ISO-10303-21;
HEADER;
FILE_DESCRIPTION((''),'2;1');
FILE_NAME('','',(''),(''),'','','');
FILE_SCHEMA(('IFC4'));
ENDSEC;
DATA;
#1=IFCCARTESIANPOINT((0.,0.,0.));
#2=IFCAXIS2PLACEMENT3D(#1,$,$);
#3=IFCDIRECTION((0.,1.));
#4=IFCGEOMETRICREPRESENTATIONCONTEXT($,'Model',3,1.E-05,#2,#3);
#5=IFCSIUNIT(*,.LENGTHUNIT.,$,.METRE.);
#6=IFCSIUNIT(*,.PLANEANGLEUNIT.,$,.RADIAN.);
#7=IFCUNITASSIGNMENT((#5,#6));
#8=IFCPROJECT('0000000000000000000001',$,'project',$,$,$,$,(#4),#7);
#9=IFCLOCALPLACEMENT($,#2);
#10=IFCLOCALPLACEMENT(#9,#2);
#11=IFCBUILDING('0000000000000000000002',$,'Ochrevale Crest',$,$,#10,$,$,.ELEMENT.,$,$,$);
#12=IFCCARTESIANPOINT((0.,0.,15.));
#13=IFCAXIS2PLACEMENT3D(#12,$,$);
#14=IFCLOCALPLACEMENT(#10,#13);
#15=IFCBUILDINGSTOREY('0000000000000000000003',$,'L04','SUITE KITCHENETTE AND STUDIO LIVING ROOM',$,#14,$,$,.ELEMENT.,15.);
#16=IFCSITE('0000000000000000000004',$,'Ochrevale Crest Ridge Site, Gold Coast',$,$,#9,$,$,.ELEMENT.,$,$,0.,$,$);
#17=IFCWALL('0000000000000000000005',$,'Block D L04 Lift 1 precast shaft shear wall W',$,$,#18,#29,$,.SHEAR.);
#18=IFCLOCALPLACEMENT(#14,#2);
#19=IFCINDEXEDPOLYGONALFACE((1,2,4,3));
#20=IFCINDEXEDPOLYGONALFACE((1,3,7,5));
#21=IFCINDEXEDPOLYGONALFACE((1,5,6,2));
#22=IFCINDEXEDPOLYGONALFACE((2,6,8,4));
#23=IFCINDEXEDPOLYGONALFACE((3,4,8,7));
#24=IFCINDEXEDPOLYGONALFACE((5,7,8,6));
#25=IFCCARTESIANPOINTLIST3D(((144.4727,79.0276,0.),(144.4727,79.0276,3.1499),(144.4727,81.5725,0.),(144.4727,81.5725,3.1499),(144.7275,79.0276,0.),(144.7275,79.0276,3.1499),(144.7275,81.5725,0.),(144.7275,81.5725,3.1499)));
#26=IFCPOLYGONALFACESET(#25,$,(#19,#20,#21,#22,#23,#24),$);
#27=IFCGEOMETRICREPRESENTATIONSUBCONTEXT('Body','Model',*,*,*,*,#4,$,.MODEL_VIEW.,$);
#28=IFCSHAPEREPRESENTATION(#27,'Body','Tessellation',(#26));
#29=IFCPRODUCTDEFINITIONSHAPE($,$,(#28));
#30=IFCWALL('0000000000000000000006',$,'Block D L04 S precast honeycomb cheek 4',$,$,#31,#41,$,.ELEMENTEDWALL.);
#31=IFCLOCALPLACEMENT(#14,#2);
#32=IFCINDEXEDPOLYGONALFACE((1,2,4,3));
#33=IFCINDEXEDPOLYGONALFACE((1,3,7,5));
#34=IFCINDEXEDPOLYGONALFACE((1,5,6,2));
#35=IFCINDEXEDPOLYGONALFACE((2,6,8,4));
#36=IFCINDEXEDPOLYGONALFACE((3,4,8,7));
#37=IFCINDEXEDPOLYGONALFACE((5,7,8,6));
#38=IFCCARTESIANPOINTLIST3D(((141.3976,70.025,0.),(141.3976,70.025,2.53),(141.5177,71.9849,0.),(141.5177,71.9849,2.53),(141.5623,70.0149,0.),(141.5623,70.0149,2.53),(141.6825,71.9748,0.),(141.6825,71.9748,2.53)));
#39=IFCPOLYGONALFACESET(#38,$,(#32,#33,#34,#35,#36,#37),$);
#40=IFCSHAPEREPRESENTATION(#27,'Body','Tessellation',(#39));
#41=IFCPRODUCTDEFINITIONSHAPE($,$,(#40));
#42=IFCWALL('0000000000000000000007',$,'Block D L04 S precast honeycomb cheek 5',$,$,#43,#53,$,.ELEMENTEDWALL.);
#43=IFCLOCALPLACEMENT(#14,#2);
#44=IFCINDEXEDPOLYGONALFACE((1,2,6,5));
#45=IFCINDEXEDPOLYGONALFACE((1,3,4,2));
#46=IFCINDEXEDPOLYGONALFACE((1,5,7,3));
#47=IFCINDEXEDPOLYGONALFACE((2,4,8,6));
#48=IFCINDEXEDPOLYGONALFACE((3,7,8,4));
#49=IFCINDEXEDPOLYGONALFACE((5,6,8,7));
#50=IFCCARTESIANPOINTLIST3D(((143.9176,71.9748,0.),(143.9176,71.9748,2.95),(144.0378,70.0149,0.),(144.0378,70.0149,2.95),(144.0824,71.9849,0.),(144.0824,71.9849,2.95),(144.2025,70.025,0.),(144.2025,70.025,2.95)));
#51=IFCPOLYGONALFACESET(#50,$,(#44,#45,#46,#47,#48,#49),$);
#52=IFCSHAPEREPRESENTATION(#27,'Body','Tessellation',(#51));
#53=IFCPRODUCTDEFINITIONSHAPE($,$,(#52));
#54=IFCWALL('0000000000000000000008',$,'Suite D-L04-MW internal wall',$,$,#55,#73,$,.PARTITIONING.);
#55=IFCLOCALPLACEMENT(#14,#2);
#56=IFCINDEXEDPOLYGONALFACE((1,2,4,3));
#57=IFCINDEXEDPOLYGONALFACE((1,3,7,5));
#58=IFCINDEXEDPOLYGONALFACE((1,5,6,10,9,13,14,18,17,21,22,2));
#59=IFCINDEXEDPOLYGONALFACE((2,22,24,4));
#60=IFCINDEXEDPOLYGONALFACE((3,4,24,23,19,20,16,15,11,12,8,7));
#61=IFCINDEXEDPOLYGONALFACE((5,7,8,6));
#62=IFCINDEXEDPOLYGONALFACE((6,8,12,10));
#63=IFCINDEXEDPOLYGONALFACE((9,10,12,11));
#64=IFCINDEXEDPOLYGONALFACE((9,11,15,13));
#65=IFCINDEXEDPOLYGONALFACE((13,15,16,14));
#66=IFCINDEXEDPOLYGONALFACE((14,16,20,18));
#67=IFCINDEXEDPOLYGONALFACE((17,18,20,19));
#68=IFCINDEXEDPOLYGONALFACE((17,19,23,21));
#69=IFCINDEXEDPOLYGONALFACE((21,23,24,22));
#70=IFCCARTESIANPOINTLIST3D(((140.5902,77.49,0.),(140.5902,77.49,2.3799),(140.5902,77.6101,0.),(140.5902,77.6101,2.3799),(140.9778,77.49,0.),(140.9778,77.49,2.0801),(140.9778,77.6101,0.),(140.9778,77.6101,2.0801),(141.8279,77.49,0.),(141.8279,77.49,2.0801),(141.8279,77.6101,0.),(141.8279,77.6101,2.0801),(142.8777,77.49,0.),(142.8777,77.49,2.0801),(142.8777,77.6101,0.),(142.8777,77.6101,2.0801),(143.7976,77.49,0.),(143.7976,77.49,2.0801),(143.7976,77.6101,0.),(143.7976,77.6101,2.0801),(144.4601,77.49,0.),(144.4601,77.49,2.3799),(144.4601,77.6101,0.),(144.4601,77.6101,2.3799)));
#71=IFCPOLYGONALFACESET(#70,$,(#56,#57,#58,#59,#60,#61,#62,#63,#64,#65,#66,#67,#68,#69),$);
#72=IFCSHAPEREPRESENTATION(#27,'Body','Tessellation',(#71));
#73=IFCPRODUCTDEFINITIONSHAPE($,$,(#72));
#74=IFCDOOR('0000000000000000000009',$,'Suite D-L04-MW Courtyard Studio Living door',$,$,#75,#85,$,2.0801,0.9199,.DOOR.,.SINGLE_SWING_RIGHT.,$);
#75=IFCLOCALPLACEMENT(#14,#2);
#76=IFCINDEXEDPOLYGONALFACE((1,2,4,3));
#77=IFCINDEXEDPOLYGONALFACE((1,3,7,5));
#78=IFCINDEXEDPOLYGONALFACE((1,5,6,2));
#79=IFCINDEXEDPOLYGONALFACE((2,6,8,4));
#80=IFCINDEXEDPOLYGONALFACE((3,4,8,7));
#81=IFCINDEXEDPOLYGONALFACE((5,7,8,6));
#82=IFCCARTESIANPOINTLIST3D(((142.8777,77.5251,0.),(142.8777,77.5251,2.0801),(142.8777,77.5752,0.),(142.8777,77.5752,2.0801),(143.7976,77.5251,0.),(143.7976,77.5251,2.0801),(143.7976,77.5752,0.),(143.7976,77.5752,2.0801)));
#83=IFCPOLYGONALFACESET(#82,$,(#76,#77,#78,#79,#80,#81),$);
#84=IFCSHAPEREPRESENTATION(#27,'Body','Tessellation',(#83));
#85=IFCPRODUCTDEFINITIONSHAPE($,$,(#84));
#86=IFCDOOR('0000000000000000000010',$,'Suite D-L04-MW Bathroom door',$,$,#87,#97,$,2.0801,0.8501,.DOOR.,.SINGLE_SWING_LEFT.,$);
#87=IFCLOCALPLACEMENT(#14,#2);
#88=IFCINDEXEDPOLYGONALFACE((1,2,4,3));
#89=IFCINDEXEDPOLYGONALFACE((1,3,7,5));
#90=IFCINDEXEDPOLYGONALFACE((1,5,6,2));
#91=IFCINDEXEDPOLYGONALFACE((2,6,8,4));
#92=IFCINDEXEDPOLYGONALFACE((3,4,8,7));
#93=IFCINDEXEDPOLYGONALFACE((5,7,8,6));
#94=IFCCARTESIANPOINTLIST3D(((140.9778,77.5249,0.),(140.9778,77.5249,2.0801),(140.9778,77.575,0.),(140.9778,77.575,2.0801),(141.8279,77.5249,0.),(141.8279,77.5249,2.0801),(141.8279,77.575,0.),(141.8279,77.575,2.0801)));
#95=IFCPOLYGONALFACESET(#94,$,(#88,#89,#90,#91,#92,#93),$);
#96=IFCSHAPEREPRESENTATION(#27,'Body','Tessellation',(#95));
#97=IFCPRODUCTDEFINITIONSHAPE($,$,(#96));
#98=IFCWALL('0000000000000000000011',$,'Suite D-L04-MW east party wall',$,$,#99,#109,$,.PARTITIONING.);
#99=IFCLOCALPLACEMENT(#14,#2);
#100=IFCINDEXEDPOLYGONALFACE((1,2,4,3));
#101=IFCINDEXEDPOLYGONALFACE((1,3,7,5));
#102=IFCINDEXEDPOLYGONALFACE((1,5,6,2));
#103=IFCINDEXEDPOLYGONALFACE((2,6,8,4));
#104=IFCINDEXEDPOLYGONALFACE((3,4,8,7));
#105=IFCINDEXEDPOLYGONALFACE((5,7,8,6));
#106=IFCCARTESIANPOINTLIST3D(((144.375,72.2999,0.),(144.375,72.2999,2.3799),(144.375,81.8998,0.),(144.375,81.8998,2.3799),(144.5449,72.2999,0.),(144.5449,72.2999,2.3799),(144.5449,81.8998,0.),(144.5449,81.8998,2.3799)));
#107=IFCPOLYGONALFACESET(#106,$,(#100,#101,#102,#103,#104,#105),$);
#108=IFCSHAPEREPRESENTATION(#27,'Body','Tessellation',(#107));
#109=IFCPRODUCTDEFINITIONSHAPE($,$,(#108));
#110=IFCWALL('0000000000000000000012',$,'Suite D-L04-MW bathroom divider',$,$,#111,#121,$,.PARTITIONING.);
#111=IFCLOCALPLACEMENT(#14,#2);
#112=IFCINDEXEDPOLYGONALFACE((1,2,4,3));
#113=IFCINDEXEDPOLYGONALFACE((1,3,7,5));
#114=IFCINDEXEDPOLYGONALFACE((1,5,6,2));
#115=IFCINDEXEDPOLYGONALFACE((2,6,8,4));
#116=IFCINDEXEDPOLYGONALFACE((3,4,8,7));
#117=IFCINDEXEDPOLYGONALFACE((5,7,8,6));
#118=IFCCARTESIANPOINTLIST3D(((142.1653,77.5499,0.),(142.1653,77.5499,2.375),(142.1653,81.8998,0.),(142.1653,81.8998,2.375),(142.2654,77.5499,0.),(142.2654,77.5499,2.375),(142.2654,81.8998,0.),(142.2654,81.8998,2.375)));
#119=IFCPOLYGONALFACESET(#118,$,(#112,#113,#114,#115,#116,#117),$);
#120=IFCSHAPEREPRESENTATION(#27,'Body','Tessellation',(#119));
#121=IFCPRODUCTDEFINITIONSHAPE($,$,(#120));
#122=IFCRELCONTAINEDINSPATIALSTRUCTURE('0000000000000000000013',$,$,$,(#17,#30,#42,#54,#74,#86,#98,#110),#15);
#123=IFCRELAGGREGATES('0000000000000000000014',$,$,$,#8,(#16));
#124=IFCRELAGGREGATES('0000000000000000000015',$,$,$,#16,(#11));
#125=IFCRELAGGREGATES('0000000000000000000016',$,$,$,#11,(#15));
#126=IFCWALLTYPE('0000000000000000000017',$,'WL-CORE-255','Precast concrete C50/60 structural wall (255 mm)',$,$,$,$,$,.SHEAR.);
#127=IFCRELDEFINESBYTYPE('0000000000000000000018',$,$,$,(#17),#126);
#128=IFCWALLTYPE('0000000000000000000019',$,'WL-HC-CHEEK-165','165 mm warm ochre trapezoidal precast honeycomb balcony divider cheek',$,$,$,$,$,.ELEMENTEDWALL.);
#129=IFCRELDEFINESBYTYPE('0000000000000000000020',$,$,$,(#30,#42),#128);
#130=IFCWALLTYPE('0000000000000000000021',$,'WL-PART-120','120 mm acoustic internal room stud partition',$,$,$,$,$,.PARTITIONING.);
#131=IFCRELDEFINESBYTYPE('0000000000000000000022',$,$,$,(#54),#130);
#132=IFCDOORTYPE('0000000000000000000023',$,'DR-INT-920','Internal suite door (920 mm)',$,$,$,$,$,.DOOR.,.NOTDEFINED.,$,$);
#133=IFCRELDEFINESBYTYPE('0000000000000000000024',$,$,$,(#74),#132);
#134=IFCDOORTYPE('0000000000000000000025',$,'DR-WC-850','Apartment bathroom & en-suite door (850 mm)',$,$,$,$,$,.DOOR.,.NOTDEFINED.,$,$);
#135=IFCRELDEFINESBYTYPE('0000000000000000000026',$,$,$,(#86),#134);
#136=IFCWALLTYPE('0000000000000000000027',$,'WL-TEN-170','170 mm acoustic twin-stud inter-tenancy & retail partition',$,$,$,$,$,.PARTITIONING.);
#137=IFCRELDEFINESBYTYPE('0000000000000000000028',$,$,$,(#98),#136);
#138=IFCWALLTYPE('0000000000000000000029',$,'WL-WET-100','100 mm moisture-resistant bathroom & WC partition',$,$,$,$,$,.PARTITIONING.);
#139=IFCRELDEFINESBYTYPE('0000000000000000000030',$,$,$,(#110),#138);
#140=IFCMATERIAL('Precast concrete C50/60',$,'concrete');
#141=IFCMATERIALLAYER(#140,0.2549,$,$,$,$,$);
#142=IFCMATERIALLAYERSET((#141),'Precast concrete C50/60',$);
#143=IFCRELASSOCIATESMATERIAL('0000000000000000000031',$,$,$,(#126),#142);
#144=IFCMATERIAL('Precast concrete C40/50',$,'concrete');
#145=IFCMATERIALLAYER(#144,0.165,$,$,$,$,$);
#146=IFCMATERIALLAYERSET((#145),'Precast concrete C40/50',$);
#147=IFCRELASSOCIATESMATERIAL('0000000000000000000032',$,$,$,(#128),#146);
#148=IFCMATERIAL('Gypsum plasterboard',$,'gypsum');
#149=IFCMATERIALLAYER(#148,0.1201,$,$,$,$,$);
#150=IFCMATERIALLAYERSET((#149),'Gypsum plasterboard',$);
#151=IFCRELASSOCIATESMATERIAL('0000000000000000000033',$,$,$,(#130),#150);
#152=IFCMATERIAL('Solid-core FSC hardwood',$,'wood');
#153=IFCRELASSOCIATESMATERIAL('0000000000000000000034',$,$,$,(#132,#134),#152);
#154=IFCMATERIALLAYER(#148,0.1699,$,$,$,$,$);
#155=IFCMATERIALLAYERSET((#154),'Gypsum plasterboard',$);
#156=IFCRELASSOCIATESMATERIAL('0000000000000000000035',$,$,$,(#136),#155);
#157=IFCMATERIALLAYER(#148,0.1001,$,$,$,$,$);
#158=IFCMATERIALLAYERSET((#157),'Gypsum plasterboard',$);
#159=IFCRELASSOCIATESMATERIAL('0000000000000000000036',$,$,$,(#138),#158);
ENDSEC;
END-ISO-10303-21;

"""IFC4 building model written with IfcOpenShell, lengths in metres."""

from ifc_helpers import new_model, si_unit, direction, frame, frame_2d, origin, place, context, subcontext, project, spatial, rectangle, extrude, material, layer, layer_set, type_object, element, fill, save


model = new_model("IFC4")

# Units and contexts
model_context = context("Model", 3, precision=1e-05, world=origin(), true_north=direction((0.0, 1.0)))
body_context = subcontext(model_context, "Body", "Model", "MODEL_VIEW")
ifc_project = project(units=[si_unit("LENGTHUNIT", "METRE"), si_unit("PLANEANGLEUNIT", "RADIAN")], contexts=[model_context])

# Site, building, storey
site_placement = place(None, origin())
site = spatial("IfcSite", under=ifc_project, at=site_placement, Name="Ochrevale Crest Ridge Site, Gold Coast", CompositionType="ELEMENT", RefElevation=0.0)
building_placement = place(site_placement, origin())
building = spatial("IfcBuilding", under=site, at=building_placement, Name="Ochrevale Crest", CompositionType="ELEMENT")
storey_placement = place(building_placement, frame((0.0, 0.0, 15.0)))
storey = spatial("IfcBuildingStorey", under=building, at=storey_placement, Name="L04", Description="SUITE KITCHENETTE AND STUDIO LIVING ROOM", CompositionType="ELEMENT", Elevation=15.0)

# Shared definitions
ifc_material_1 = material(Name="Precast concrete C50/60", Category="concrete")

# Shared definitions
ifc_material_2 = material(Name="Precast concrete C40/50", Category="concrete")

# Walls
ifc_layer_1 = layer(ifc_material_1, 0.2549)
ifc_layer_set_1 = layer_set([ifc_layer_1], Name="Precast concrete C50/60")
wall_type_1 = type_object("IfcWallType", Name="WL-CORE-255", Description="Precast concrete C50/60 structural wall (255 mm)", PredefinedType="SHEAR", material=ifc_layer_set_1)
wall_1_placement = place(storey_placement, frame((144.6001, 79.0276, 0.0), z_axis=(0.0, 0.0, 1.0), x_axis=(0.0, 1.0, 0.0)))
element("IfcWall", 1, at=wall_1_placement, inside=storey, type_object=wall_type_1, Name="Block D L04 Lift 1 precast shaft shear wall W", PredefinedType="SHEAR", context=body_context, shape_type="SweptSolid", body=[
    extrude(rectangle(XDim=2.5449, YDim=0.2549, at=frame_2d((1.2725, 0.0))), origin(), (0.0, 0.0, 1.0), 3.1499),
])
ifc_layer_2 = layer(ifc_material_2, 0.165)
ifc_layer_set_2 = layer_set([ifc_layer_2], Name="Precast concrete C40/50")
wall_type_2 = type_object("IfcWallType", Name="WL-HC-CHEEK-165", Description="165 mm warm ochre trapezoidal precast honeycomb balcony divider cheek", PredefinedType="ELEMENTEDWALL", material=ifc_layer_set_2)
wall_2_placement = place(storey_placement, frame((141.6001, 71.98, 0.0), z_axis=(0.0, 0.0, 1.0), x_axis=(-0.061171, -0.998127, 0.0)))
element("IfcWall", 2, at=wall_2_placement, inside=storey, type_object=wall_type_2, Name="Block D L04 S precast honeycomb cheek 4", PredefinedType="ELEMENTEDWALL", context=body_context, shape_type="SweptSolid", body=[
    extrude(rectangle(XDim=1.9636, YDim=0.165, at=frame_2d((0.9819, 0.0))), origin(), (0.0, 0.0, 1.0), 2.53),
])
wall_3_placement = place(storey_placement, frame((144.0, 71.98, 0.0), z_axis=(0.0, 0.0, 1.0), x_axis=(0.061171, -0.998127, 0.0)))
element("IfcWall", 3, at=wall_3_placement, inside=storey, type_object=wall_type_2, Name="Block D L04 S precast honeycomb cheek 5", PredefinedType="ELEMENTEDWALL", context=body_context, shape_type="SweptSolid", body=[
    extrude(rectangle(XDim=1.9636, YDim=0.165, at=frame_2d((0.9819, 0.0))), origin(), (0.0, 0.0, 1.0), 2.95),
])

# Wall, openings, doors
ifc_material_3 = material(Name="Gypsum plasterboard", Category="gypsum")
ifc_layer_3 = layer(ifc_material_3, 0.1201)
ifc_layer_set_3 = layer_set([ifc_layer_3], Name="Gypsum plasterboard")
wall_type_3 = type_object("IfcWallType", Name="WL-PART-120", Description="120 mm acoustic internal room stud partition", PredefinedType="PARTITIONING", material=ifc_layer_set_3)
wall_4_placement = place(storey_placement, frame((140.5901, 77.55, 0.0), z_axis=(0.0, 0.0, 1.0), x_axis=(1.0, 0.0, 0.0)))
wall_4 = element("IfcWall", 4, at=wall_4_placement, inside=storey, type_object=wall_type_3, Name="Suite D-L04-MW internal wall", PredefinedType="PARTITIONING", context=body_context, shape_type="SweptSolid", body=[
    extrude(rectangle(XDim=3.8699, YDim=0.1201, at=frame_2d((1.9351, 0.0))), origin(), (0.0, 0.0, 1.0), 2.3799),
])
opening_1_placement = place(wall_4_placement, frame((0.3877, 0.0, 0.0)))
opening_1 = element("IfcOpeningElement", 5, at=opening_1_placement, cuts=wall_4, PredefinedType="OPENING", context=body_context, shape_type="SweptSolid", body=[
    extrude(rectangle(XDim=0.8501, YDim=2.0801, at=frame_2d((0.425, 1.04))), frame((0.0, 0.0701, 0.0), z_axis=(0.0, -1.0, 0.0), x_axis=(1.0, 0.0, 0.0)), (0.0, 0.0, 1.0), 0.1401),
])
opening_2_placement = place(wall_4_placement, frame((3.2075, 0.0, 0.0), z_axis=(0.0, 0.0, 1.0), x_axis=(-1.0, 0.0, 0.0)))
opening_2 = element("IfcOpeningElement", 6, at=opening_2_placement, cuts=wall_4, PredefinedType="OPENING", context=body_context, shape_type="SweptSolid", body=[
    extrude(rectangle(XDim=0.9199, YDim=2.0801, at=frame_2d((0.46, 1.04))), frame((0.0, 0.0701, 0.0), z_axis=(0.0, -1.0, 0.0), x_axis=(1.0, 0.0, 0.0)), (0.0, 0.0, 1.0), 0.1401),
])
ifc_material_4 = material(Name="Solid-core FSC hardwood", Category="wood")
door_type_1 = type_object("IfcDoorType", Name="DR-INT-920", Description="Internal suite door (920 mm)", OperationType="NOTDEFINED", PredefinedType="DOOR", material=ifc_material_4)
door_1_placement = place(opening_2_placement, origin())
door_1 = element("IfcDoor", 7, at=door_1_placement, inside=storey, type_object=door_type_1, Name="Suite D-L04-MW Courtyard Studio Living door", OperationType="SINGLE_SWING_RIGHT", OverallHeight=2.0801, OverallWidth=0.9199, PredefinedType="DOOR", context=body_context, shape_type="SweptSolid", body=[
    extrude(rectangle(XDim=0.9199, YDim=2.0801, at=frame_2d((0.46, 1.04))), frame((0.0, 0.0249, 0.0), z_axis=(0.0, -1.0, 0.0), x_axis=(1.0, 0.0, 0.0)), (0.0, 0.0, 1.0), 0.05),
])
fill(opening_2, door_1)
door_type_2 = type_object("IfcDoorType", Name="DR-WC-850", Description="Apartment bathroom & en-suite door (850 mm)", OperationType="NOTDEFINED", PredefinedType="DOOR", material=ifc_material_4)
door_2_placement = place(opening_1_placement, origin())
door_2 = element("IfcDoor", 8, at=door_2_placement, inside=storey, type_object=door_type_2, Name="Suite D-L04-MW Bathroom door", OperationType="SINGLE_SWING_LEFT", OverallHeight=2.0801, OverallWidth=0.8501, PredefinedType="DOOR", context=body_context, shape_type="SweptSolid", body=[
    extrude(rectangle(XDim=0.8501, YDim=2.0801, at=frame_2d((0.425, 1.04))), frame((0.0, 0.0249, 0.0), z_axis=(0.0, -1.0, 0.0), x_axis=(1.0, 0.0, 0.0)), (0.0, 0.0, 1.0), 0.05),
])
fill(opening_1, door_2)

# Walls
ifc_layer_4 = layer(ifc_material_3, 0.1699)
ifc_layer_set_4 = layer_set([ifc_layer_4], Name="Gypsum plasterboard")
wall_type_4 = type_object("IfcWallType", Name="WL-TEN-170", Description="170 mm acoustic twin-stud inter-tenancy & retail partition", PredefinedType="PARTITIONING", material=ifc_layer_set_4)
wall_5_placement = place(storey_placement, frame((144.46, 72.3, 0.0), z_axis=(0.0, 0.0, 1.0), x_axis=(0.0, 1.0, 0.0)))
element("IfcWall", 9, at=wall_5_placement, inside=storey, type_object=wall_type_4, Name="Suite D-L04-MW east party wall", PredefinedType="PARTITIONING", context=body_context, shape_type="SweptSolid", body=[
    extrude(rectangle(XDim=9.5999, YDim=0.1699, at=frame_2d((4.7998, 0.0))), origin(), (0.0, 0.0, 1.0), 2.3799),
])
ifc_layer_5 = layer(ifc_material_3, 0.1001)
ifc_layer_set_5 = layer_set([ifc_layer_5], Name="Gypsum plasterboard")
wall_type_5 = type_object("IfcWallType", Name="WL-WET-100", Description="100 mm moisture-resistant bathroom & WC partition", PredefinedType="PARTITIONING", material=ifc_layer_set_5)
wall_6_placement = place(storey_placement, frame((142.2153, 77.55, 0.0), z_axis=(0.0, 0.0, 1.0), x_axis=(0.0, 1.0, 0.0)))
element("IfcWall", 10, at=wall_6_placement, inside=storey, type_object=wall_type_5, Name="Suite D-L04-MW bathroom divider", PredefinedType="PARTITIONING", context=body_context, shape_type="SweptSolid", body=[
    extrude(rectangle(XDim=4.3499, YDim=0.1001, at=frame_2d((2.1748, 0.0))), origin(), (0.0, 0.0, 1.0), 2.375),
])

save(model, "model.ifc")
